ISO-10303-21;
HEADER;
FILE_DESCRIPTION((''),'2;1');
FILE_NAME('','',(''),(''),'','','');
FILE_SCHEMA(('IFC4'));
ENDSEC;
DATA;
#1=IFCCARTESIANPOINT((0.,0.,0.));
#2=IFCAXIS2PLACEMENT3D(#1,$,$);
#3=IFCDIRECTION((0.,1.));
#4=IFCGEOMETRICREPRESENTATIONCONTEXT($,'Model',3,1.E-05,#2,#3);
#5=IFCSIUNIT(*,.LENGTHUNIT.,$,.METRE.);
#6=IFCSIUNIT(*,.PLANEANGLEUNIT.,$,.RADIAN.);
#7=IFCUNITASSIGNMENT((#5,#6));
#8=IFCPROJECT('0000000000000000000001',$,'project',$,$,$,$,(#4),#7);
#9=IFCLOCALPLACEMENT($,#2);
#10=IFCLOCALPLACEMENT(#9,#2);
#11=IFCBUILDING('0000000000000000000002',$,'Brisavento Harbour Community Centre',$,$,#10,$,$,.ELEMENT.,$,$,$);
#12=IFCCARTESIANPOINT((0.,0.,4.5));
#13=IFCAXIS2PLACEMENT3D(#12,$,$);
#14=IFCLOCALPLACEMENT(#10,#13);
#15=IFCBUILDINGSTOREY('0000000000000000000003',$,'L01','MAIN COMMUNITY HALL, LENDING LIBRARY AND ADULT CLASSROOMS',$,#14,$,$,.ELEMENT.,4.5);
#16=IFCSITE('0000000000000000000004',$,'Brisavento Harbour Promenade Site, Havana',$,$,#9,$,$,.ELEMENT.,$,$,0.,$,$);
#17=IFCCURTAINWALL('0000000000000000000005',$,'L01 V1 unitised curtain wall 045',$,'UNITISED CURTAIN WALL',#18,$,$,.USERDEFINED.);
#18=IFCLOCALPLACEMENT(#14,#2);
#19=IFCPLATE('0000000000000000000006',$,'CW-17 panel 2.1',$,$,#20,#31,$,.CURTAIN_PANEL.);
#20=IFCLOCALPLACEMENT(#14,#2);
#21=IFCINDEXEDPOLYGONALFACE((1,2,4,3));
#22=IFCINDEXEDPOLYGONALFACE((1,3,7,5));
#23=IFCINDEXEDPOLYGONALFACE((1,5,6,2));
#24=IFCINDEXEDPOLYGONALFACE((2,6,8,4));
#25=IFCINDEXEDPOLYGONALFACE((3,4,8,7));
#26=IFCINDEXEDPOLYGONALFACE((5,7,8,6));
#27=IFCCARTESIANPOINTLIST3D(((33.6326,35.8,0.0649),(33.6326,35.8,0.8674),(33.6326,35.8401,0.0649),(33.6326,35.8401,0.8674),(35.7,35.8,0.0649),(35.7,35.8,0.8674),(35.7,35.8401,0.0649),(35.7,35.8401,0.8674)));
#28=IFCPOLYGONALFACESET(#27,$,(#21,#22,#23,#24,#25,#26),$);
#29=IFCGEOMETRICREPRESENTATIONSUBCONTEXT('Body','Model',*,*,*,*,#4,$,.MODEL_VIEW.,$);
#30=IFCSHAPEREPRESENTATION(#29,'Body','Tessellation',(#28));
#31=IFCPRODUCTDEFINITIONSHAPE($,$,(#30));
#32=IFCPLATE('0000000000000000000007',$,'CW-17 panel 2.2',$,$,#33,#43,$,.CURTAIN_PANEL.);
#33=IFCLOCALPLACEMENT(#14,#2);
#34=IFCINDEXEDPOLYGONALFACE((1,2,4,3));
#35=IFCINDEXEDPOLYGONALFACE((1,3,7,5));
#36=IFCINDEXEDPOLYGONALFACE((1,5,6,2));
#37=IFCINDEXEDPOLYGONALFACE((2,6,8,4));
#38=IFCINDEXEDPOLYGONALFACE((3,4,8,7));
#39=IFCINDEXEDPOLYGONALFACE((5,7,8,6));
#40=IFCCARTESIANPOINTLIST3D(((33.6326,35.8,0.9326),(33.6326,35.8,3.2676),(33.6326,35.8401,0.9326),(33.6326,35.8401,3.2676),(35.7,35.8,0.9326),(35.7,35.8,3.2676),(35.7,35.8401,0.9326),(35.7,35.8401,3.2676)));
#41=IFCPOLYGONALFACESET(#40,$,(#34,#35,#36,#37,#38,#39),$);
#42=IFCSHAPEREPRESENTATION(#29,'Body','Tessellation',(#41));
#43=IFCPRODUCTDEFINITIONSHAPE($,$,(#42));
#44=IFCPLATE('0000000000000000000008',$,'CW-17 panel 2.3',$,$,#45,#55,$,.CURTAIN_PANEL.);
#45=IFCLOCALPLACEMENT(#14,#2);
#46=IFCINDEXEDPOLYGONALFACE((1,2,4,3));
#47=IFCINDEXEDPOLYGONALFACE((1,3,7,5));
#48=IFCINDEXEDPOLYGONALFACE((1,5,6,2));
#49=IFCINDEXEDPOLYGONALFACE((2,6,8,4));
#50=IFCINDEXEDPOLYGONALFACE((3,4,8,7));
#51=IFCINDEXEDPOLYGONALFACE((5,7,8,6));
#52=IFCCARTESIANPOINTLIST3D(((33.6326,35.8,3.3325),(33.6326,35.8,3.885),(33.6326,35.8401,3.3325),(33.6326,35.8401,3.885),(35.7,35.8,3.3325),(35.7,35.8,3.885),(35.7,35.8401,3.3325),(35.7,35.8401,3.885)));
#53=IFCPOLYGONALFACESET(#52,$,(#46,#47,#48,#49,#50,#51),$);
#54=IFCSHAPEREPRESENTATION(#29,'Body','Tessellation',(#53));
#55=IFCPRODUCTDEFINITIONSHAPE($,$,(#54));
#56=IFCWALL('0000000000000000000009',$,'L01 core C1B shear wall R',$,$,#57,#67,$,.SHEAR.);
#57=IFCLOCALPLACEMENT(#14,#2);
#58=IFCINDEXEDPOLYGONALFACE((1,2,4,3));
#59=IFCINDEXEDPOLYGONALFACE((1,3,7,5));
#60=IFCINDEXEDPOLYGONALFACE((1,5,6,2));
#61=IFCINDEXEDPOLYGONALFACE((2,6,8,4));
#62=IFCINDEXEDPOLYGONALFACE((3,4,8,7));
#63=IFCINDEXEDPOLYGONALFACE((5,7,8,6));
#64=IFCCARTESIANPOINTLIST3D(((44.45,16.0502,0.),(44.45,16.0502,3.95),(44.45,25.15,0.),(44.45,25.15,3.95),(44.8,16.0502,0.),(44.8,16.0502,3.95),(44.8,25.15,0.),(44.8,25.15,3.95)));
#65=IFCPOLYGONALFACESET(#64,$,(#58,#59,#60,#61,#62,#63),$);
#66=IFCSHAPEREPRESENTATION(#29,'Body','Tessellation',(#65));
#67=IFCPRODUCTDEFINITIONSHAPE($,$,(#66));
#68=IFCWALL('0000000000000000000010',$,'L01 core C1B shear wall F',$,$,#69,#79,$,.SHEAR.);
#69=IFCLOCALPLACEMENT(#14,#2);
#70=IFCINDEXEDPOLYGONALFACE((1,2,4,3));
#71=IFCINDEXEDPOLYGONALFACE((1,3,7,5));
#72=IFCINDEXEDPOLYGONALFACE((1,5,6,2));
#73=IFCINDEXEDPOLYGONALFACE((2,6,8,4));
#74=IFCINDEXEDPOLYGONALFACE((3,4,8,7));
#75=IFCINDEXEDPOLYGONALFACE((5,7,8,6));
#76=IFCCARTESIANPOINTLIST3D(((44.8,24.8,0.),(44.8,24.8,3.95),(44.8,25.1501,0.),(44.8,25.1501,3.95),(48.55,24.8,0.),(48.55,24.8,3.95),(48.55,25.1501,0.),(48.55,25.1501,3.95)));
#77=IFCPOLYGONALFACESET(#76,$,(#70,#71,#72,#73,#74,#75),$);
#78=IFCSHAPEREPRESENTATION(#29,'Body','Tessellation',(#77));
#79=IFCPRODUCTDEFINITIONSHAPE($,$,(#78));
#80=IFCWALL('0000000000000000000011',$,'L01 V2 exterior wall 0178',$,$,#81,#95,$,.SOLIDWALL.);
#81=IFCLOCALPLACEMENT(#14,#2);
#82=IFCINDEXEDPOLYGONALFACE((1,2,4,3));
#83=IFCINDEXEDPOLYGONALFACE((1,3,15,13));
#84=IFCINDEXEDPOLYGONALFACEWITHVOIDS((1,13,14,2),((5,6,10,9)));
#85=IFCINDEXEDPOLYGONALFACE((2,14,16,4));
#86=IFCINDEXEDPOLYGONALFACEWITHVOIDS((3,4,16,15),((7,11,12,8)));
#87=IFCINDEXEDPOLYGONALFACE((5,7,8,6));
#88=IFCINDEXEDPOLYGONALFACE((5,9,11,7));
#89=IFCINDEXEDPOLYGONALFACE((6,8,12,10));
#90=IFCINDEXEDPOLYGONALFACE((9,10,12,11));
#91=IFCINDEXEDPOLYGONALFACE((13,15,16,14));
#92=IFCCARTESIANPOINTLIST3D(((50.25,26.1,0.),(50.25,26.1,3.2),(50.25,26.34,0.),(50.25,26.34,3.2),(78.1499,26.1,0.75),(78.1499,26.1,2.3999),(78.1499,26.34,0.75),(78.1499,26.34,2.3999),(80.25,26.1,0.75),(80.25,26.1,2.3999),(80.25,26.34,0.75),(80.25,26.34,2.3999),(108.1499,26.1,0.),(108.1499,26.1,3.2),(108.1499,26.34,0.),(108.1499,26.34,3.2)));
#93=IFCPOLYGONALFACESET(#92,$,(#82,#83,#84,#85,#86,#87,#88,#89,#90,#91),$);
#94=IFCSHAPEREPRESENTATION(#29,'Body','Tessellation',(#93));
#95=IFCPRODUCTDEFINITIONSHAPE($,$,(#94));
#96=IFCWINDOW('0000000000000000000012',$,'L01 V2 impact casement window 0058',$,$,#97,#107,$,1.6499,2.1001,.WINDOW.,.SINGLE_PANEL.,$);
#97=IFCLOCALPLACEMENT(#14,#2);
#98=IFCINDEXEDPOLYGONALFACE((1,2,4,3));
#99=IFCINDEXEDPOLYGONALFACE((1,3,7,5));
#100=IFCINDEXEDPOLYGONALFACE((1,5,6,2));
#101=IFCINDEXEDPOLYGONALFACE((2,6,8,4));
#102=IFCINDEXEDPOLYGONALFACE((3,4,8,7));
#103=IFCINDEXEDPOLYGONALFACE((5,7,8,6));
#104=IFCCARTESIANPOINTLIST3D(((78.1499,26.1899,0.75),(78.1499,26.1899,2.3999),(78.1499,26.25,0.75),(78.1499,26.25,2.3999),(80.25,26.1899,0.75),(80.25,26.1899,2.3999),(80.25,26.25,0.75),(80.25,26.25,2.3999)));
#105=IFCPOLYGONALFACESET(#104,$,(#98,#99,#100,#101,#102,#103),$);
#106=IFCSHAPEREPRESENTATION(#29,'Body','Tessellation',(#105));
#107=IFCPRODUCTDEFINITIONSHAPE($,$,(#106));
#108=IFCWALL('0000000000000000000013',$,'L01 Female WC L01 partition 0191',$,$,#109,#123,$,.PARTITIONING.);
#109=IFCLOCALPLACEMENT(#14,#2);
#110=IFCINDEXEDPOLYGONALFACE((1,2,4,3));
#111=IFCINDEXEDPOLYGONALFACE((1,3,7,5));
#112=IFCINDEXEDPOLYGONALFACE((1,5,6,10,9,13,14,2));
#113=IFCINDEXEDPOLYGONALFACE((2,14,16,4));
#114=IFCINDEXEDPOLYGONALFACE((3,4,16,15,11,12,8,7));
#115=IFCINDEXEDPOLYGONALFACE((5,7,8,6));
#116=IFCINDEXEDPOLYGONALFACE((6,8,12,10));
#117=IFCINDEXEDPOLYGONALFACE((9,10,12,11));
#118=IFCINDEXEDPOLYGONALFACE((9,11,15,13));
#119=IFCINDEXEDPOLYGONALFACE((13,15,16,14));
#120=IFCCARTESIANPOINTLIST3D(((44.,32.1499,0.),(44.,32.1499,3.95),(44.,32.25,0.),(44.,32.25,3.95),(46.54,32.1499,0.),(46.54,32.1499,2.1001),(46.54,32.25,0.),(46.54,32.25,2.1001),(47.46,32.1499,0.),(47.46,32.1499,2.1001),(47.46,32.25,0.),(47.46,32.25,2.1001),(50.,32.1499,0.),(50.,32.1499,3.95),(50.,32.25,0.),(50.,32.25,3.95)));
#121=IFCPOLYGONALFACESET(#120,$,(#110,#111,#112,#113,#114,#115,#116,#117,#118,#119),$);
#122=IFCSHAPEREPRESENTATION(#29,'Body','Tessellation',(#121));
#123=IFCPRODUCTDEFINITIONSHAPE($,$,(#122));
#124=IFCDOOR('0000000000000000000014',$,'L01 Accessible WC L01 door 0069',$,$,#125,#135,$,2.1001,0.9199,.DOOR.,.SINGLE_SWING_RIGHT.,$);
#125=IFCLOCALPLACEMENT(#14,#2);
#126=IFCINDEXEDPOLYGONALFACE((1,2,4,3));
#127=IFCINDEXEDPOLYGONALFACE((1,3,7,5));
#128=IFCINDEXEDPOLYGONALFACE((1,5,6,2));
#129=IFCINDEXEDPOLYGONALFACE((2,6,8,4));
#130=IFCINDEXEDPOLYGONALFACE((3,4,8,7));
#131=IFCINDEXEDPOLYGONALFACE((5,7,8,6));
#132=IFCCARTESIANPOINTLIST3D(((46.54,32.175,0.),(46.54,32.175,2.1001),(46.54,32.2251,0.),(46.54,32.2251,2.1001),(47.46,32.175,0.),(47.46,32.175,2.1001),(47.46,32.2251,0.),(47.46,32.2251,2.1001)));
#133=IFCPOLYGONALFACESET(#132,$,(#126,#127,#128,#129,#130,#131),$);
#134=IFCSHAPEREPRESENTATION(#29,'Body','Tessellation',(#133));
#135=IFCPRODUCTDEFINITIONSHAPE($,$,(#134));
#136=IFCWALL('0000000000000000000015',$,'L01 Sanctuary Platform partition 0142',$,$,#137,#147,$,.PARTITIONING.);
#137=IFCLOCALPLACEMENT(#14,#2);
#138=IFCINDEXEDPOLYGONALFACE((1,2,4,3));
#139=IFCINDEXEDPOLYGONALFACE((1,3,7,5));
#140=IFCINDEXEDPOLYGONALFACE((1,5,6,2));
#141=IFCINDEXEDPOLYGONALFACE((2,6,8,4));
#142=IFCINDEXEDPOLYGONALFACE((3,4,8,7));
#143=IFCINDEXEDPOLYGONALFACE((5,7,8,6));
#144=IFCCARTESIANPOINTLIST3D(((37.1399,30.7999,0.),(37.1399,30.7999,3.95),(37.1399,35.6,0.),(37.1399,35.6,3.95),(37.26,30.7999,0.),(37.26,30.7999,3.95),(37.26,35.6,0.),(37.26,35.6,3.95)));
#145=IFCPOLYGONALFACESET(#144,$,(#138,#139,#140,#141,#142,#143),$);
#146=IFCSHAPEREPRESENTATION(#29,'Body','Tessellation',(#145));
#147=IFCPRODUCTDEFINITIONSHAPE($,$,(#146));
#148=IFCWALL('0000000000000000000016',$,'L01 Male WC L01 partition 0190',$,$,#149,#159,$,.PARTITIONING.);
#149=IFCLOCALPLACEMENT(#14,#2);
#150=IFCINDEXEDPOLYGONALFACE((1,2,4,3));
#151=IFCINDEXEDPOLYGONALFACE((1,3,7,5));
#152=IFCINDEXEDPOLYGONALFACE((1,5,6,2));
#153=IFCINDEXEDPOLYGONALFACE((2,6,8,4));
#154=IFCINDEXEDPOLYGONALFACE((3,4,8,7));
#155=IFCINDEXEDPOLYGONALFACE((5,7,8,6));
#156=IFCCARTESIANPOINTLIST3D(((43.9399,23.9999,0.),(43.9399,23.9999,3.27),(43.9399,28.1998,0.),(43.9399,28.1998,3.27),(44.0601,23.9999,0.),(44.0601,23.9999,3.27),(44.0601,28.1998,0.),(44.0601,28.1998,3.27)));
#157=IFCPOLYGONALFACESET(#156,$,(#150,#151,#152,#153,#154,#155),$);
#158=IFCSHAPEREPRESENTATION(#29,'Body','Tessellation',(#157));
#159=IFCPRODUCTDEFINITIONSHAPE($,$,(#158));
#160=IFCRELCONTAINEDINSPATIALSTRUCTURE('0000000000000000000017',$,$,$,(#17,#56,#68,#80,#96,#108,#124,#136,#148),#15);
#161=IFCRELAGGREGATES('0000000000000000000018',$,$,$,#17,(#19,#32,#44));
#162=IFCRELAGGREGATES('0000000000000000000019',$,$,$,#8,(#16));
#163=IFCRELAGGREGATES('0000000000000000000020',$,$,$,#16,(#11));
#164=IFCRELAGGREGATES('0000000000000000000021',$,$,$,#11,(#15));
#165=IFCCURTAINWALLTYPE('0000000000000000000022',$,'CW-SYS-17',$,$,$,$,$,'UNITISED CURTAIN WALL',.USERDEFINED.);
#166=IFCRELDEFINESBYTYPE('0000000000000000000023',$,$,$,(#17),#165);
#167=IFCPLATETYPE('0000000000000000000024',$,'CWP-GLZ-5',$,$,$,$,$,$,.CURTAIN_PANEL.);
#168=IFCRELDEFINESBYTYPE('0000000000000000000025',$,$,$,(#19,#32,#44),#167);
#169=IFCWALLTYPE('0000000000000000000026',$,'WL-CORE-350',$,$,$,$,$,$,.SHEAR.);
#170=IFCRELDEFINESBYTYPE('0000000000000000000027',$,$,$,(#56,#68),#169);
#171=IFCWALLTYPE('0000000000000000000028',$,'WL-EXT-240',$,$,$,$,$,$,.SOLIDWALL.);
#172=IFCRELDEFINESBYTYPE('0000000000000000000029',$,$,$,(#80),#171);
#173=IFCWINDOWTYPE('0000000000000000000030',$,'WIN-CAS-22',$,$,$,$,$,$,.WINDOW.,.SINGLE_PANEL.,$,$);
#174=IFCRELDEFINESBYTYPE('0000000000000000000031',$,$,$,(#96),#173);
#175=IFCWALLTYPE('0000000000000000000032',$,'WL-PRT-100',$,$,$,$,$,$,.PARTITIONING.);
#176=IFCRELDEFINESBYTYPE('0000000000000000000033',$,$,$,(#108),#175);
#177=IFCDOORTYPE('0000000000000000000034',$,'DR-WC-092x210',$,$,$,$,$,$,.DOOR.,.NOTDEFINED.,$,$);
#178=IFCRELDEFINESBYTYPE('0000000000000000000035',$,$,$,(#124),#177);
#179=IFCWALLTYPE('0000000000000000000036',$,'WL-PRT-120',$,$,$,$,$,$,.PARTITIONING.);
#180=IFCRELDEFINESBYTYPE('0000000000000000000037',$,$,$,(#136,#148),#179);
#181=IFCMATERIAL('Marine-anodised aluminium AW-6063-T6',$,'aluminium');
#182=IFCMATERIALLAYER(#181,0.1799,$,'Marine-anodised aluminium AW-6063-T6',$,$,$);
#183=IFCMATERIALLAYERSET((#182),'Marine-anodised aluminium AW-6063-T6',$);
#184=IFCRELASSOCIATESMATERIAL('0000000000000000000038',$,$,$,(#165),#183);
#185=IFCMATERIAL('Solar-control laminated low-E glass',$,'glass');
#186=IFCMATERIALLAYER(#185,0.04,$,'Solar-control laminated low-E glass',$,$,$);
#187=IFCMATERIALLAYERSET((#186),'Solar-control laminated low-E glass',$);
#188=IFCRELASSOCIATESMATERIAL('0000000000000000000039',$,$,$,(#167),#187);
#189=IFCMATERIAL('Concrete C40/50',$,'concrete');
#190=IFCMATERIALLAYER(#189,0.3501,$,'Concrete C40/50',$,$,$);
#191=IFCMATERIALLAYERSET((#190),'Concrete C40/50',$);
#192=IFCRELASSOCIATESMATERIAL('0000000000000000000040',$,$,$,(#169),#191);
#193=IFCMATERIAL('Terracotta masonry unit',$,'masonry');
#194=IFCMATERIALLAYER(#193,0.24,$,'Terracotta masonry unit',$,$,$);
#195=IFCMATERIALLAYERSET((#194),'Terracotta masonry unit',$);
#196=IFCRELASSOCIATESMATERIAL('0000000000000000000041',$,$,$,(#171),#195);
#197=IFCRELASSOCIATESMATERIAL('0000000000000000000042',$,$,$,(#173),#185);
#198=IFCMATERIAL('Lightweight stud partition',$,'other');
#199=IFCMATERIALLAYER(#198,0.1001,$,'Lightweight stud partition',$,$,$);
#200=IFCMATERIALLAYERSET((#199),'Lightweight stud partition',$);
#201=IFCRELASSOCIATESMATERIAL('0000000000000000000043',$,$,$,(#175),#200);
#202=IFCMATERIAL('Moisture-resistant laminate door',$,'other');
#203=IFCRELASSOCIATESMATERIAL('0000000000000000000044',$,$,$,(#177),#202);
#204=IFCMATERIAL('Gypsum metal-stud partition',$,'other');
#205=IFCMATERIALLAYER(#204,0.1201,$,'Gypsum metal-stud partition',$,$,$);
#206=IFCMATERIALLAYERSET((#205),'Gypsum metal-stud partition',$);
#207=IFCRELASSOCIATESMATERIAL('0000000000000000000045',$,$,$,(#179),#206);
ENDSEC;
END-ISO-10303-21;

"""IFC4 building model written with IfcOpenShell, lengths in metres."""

from ifc_helpers import new_model, si_unit, direction, frame, frame_2d, origin, origin_2d, place, context, subcontext, project, spatial, rectangle, extrude, material, layer, layer_set, type_object, element, fill, aggregate, save


model = new_model("IFC4")

# Units and contexts
model_context = context("Model", 3, precision=1e-05, world=origin(), true_north=direction((0.0, 1.0)))
body_context = subcontext(model_context, "Body", "Model", "MODEL_VIEW")
ifc_project = project(units=[si_unit("LENGTHUNIT", "METRE"), si_unit("PLANEANGLEUNIT", "RADIAN")], contexts=[model_context])

# Site, building, storey
site_placement = place(None, origin())
site = spatial("IfcSite", under=ifc_project, at=site_placement, Name="Brisavento Harbour Promenade Site, Havana", CompositionType="ELEMENT", RefElevation=0.0)
building_placement = place(site_placement, origin())
building = spatial("IfcBuilding", under=site, at=building_placement, Name="Brisavento Harbour Community Centre", CompositionType="ELEMENT")
storey_placement = place(building_placement, frame((0.0, 0.0, 4.5)))
storey = spatial("IfcBuildingStorey", under=building, at=storey_placement, Name="L01", Description="MAIN COMMUNITY HALL, LENDING LIBRARY AND ADULT CLASSROOMS", CompositionType="ELEMENT", Elevation=4.5)

# Curtain wall, plates
ifc_material_1 = material(Name="Marine-anodised aluminium AW-6063-T6", Category="aluminium")
ifc_layer_1 = layer(ifc_material_1, 0.1799, Name="Marine-anodised aluminium AW-6063-T6")
ifc_layer_set_1 = layer_set([ifc_layer_1], Name="Marine-anodised aluminium AW-6063-T6")
curtain_wall_type = type_object("IfcCurtainWallType", Name="CW-SYS-17", ElementType="UNITISED CURTAIN WALL", PredefinedType="USERDEFINED", material=ifc_layer_set_1)
curtain_wall_placement = place(storey_placement, origin())
curtain_wall = element("IfcCurtainWall", 1, at=curtain_wall_placement, inside=storey, type_object=curtain_wall_type, Name="L01 V1 unitised curtain wall 045", ObjectType="UNITISED CURTAIN WALL", PredefinedType="USERDEFINED")
ifc_material_2 = material(Name="Solar-control laminated low-E glass", Category="glass")
ifc_layer_2 = layer(ifc_material_2, 0.04, Name="Solar-control laminated low-E glass")
ifc_layer_set_2 = layer_set([ifc_layer_2], Name="Solar-control laminated low-E glass")
plate_type = type_object("IfcPlateType", Name="CWP-GLZ-5", PredefinedType="CURTAIN_PANEL", material=ifc_layer_set_2)
plate_1_placement = place(storey_placement, frame((34.6663, 35.8201, 0.0649), z_axis=(0.0, 0.0, 1.0), x_axis=(1.0, 0.0, 0.0)))
plate_1 = element("IfcPlate", 2, at=plate_1_placement, type_object=plate_type, Name="CW-17 panel 2.1", PredefinedType="CURTAIN_PANEL", context=body_context, shape_type="SweptSolid", body=[
    extrude(rectangle(XDim=2.0674, YDim=0.04, at=origin_2d()), origin(), (0.0, 0.0, 1.0), 0.8025),
])
plate_2_placement = place(storey_placement, frame((34.6663, 35.8201, 0.9326), z_axis=(0.0, 0.0, 1.0), x_axis=(1.0, 0.0, 0.0)))
plate_2 = element("IfcPlate", 3, at=plate_2_placement, type_object=plate_type, Name="CW-17 panel 2.2", PredefinedType="CURTAIN_PANEL", context=body_context, shape_type="SweptSolid", body=[
    extrude(rectangle(XDim=2.0674, YDim=0.04, at=origin_2d()), origin(), (0.0, 0.0, 1.0), 2.335),
])
plate_3_placement = place(storey_placement, frame((34.6663, 35.8201, 3.3325), z_axis=(0.0, 0.0, 1.0), x_axis=(1.0, 0.0, 0.0)))
plate_3 = element("IfcPlate", 4, at=plate_3_placement, type_object=plate_type, Name="CW-17 panel 2.3", PredefinedType="CURTAIN_PANEL", context=body_context, shape_type="SweptSolid", body=[
    extrude(rectangle(XDim=2.0674, YDim=0.04, at=origin_2d()), origin(), (0.0, 0.0, 1.0), 0.5525),
])
aggregate(curtain_wall, [plate_1, plate_2, plate_3])

# Walls
ifc_material_3 = material(Name="Concrete C40/50", Category="concrete")
ifc_layer_3 = layer(ifc_material_3, 0.3501, Name="Concrete C40/50")
ifc_layer_set_3 = layer_set([ifc_layer_3], Name="Concrete C40/50")
wall_type_1 = type_object("IfcWallType", Name="WL-CORE-350", PredefinedType="SHEAR", material=ifc_layer_set_3)
wall_1_placement = place(storey_placement, frame((44.625, 25.1499, 0.0), z_axis=(0.0, 0.0, 1.0), x_axis=(0.0, -1.0, 0.0)))
element("IfcWall", 5, at=wall_1_placement, inside=storey, type_object=wall_type_1, Name="L01 core C1B shear wall R", PredefinedType="SHEAR", context=body_context, shape_type="SweptSolid", body=[
    extrude(rectangle(XDim=9.0999, YDim=0.3501, at=frame_2d((4.5498, 0.0))), origin(), (0.0, 0.0, 1.0), 3.95),
])
wall_2_placement = place(storey_placement, frame((48.55, 24.9751, 0.0), z_axis=(0.0, 0.0, 1.0), x_axis=(-1.0, 0.0, 0.0)))
element("IfcWall", 6, at=wall_2_placement, inside=storey, type_object=wall_type_1, Name="L01 core C1B shear wall F", PredefinedType="SHEAR", context=body_context, shape_type="SweptSolid", body=[
    extrude(rectangle(XDim=3.75, YDim=0.3501, at=frame_2d((1.875, 0.0))), origin(), (0.0, 0.0, 1.0), 3.95),
])

# Wall, opening, window
ifc_material_4 = material(Name="Terracotta masonry unit", Category="masonry")
ifc_layer_4 = layer(ifc_material_4, 0.24, Name="Terracotta masonry unit")
ifc_layer_set_4 = layer_set([ifc_layer_4], Name="Terracotta masonry unit")
wall_type_2 = type_object("IfcWallType", Name="WL-EXT-240", PredefinedType="SOLIDWALL", material=ifc_layer_set_4)
wall_3_placement = place(storey_placement, frame((50.25, 26.22, 0.0), z_axis=(0.0, 0.0, 1.0), x_axis=(1.0, 0.0, 0.0)))
wall_3 = element("IfcWall", 7, at=wall_3_placement, inside=storey, type_object=wall_type_2, Name="L01 V2 exterior wall 0178", PredefinedType="SOLIDWALL", context=body_context, shape_type="SweptSolid", body=[
    extrude(rectangle(XDim=57.8999, YDim=0.24, at=frame_2d((28.95, 0.0))), origin(), (0.0, 0.0, 1.0), 3.2),
])
opening_1_placement = place(wall_3_placement, frame((27.8999, 0.0, 0.75)))
opening_1 = element("IfcOpeningElement", 8, at=opening_1_placement, cuts=wall_3, PredefinedType="OPENING", context=body_context, shape_type="SweptSolid", body=[
    extrude(rectangle(XDim=2.1001, YDim=1.6499, at=frame_2d((1.05, 0.825))), frame((0.0, 0.1299, 0.0), z_axis=(0.0, -1.0, 0.0), x_axis=(1.0, 0.0, 0.0)), (0.0, 0.0, 1.0), 0.26),
])
window_type = type_object("IfcWindowType", Name="WIN-CAS-22", PartitioningType="SINGLE_PANEL", PredefinedType="WINDOW", material=ifc_material_2)
window_placement = place(opening_1_placement, origin())
window = element("IfcWindow", 9, at=window_placement, inside=storey, type_object=window_type, Name="L01 V2 impact casement window 0058", OverallHeight=1.6499, OverallWidth=2.1001, PartitioningType="SINGLE_PANEL", PredefinedType="WINDOW", context=body_context, shape_type="SweptSolid", body=[
    extrude(rectangle(XDim=2.1001, YDim=1.6499, at=frame_2d((1.05, 0.825))), frame((0.0, 0.03, 0.0), z_axis=(0.0, -1.0, 0.0), x_axis=(1.0, 0.0, 0.0)), (0.0, 0.0, 1.0), 0.0601),
])
fill(opening_1, window)

# Wall, opening, door
ifc_material_5 = material(Name="Lightweight stud partition", Category="other")
ifc_layer_5 = layer(ifc_material_5, 0.1001, Name="Lightweight stud partition")
ifc_layer_set_5 = layer_set([ifc_layer_5], Name="Lightweight stud partition")
wall_type_3 = type_object("IfcWallType", Name="WL-PRT-100", PredefinedType="PARTITIONING", material=ifc_layer_set_5)
wall_4_placement = place(storey_placement, frame((50.0, 32.2, 0.0), z_axis=(0.0, 0.0, 1.0), x_axis=(-1.0, 0.0, 0.0)))
wall_4 = element("IfcWall", 10, at=wall_4_placement, inside=storey, type_object=wall_type_3, Name="L01 Female WC L01 partition 0191", PredefinedType="PARTITIONING", context=body_context, shape_type="SweptSolid", body=[
    extrude(rectangle(XDim=6.0, YDim=0.1001, at=frame_2d((3.0, 0.0))), origin(), (0.0, 0.0, 1.0), 3.95),
])
opening_2_placement = place(wall_4_placement, frame((2.54, 0.0, 0.0)))
opening_2 = element("IfcOpeningElement", 11, at=opening_2_placement, cuts=wall_4, PredefinedType="OPENING", context=body_context, shape_type="SweptSolid", body=[
    extrude(rectangle(XDim=0.9199, YDim=2.1001, at=frame_2d((0.46, 1.05))), frame((0.0, 0.0601, 0.0), z_axis=(0.0, -1.0, 0.0), x_axis=(1.0, 0.0, 0.0)), (0.0, 0.0, 1.0), 0.1201),
])
ifc_material_6 = material(Name="Moisture-resistant laminate door", Category="other")
door_type_1 = type_object("IfcDoorType", Name="DR-WC-092x210", OperationType="NOTDEFINED", PredefinedType="DOOR", material=ifc_material_6)
door_1_placement = place(opening_2_placement, origin())
door_1 = element("IfcDoor", 12, at=door_1_placement, inside=storey, type_object=door_type_1, Name="L01 Accessible WC L01 door 0069", OperationType="SINGLE_SWING_RIGHT", OverallHeight=2.1001, OverallWidth=0.9199, PredefinedType="DOOR", context=body_context, shape_type="SweptSolid", body=[
    extrude(rectangle(XDim=0.9199, YDim=2.1001, at=frame_2d((0.46, 1.05))), frame((0.0, 0.0249, 0.0), z_axis=(0.0, -1.0, 0.0), x_axis=(1.0, 0.0, 0.0)), (0.0, 0.0, 1.0), 0.05),
])
fill(opening_2, door_1)

# Walls
ifc_material_7 = material(Name="Gypsum metal-stud partition", Category="other")
ifc_layer_6 = layer(ifc_material_7, 0.1201, Name="Gypsum metal-stud partition")
ifc_layer_set_6 = layer_set([ifc_layer_6], Name="Gypsum metal-stud partition")
wall_type_4 = type_object("IfcWallType", Name="WL-PRT-120", PredefinedType="PARTITIONING", material=ifc_layer_set_6)
wall_5_placement = place(storey_placement, frame((37.2, 30.8, 0.0), z_axis=(0.0, 0.0, 1.0), x_axis=(0.0, 1.0, 0.0)))
element("IfcWall", 13, at=wall_5_placement, inside=storey, type_object=wall_type_4, Name="L01 Sanctuary Platform partition 0142", PredefinedType="PARTITIONING", context=body_context, shape_type="SweptSolid", body=[
    extrude(rectangle(XDim=4.8, YDim=0.1201, at=frame_2d((2.3999, 0.0))), origin(), (0.0, 0.0, 1.0), 3.95),
])
wall_6_placement = place(storey_placement, frame((44.0, 28.2, 0.0), z_axis=(0.0, 0.0, 1.0), x_axis=(0.0, -1.0, 0.0)))
element("IfcWall", 14, at=wall_6_placement, inside=storey, type_object=wall_type_4, Name="L01 Male WC L01 partition 0190", PredefinedType="PARTITIONING", context=body_context, shape_type="SweptSolid", body=[
    extrude(rectangle(XDim=4.2, YDim=0.1201, at=frame_2d((2.1001, 0.0))), origin(), (0.0, 0.0, 1.0), 3.27),
])

save(model, "model.ifc")
